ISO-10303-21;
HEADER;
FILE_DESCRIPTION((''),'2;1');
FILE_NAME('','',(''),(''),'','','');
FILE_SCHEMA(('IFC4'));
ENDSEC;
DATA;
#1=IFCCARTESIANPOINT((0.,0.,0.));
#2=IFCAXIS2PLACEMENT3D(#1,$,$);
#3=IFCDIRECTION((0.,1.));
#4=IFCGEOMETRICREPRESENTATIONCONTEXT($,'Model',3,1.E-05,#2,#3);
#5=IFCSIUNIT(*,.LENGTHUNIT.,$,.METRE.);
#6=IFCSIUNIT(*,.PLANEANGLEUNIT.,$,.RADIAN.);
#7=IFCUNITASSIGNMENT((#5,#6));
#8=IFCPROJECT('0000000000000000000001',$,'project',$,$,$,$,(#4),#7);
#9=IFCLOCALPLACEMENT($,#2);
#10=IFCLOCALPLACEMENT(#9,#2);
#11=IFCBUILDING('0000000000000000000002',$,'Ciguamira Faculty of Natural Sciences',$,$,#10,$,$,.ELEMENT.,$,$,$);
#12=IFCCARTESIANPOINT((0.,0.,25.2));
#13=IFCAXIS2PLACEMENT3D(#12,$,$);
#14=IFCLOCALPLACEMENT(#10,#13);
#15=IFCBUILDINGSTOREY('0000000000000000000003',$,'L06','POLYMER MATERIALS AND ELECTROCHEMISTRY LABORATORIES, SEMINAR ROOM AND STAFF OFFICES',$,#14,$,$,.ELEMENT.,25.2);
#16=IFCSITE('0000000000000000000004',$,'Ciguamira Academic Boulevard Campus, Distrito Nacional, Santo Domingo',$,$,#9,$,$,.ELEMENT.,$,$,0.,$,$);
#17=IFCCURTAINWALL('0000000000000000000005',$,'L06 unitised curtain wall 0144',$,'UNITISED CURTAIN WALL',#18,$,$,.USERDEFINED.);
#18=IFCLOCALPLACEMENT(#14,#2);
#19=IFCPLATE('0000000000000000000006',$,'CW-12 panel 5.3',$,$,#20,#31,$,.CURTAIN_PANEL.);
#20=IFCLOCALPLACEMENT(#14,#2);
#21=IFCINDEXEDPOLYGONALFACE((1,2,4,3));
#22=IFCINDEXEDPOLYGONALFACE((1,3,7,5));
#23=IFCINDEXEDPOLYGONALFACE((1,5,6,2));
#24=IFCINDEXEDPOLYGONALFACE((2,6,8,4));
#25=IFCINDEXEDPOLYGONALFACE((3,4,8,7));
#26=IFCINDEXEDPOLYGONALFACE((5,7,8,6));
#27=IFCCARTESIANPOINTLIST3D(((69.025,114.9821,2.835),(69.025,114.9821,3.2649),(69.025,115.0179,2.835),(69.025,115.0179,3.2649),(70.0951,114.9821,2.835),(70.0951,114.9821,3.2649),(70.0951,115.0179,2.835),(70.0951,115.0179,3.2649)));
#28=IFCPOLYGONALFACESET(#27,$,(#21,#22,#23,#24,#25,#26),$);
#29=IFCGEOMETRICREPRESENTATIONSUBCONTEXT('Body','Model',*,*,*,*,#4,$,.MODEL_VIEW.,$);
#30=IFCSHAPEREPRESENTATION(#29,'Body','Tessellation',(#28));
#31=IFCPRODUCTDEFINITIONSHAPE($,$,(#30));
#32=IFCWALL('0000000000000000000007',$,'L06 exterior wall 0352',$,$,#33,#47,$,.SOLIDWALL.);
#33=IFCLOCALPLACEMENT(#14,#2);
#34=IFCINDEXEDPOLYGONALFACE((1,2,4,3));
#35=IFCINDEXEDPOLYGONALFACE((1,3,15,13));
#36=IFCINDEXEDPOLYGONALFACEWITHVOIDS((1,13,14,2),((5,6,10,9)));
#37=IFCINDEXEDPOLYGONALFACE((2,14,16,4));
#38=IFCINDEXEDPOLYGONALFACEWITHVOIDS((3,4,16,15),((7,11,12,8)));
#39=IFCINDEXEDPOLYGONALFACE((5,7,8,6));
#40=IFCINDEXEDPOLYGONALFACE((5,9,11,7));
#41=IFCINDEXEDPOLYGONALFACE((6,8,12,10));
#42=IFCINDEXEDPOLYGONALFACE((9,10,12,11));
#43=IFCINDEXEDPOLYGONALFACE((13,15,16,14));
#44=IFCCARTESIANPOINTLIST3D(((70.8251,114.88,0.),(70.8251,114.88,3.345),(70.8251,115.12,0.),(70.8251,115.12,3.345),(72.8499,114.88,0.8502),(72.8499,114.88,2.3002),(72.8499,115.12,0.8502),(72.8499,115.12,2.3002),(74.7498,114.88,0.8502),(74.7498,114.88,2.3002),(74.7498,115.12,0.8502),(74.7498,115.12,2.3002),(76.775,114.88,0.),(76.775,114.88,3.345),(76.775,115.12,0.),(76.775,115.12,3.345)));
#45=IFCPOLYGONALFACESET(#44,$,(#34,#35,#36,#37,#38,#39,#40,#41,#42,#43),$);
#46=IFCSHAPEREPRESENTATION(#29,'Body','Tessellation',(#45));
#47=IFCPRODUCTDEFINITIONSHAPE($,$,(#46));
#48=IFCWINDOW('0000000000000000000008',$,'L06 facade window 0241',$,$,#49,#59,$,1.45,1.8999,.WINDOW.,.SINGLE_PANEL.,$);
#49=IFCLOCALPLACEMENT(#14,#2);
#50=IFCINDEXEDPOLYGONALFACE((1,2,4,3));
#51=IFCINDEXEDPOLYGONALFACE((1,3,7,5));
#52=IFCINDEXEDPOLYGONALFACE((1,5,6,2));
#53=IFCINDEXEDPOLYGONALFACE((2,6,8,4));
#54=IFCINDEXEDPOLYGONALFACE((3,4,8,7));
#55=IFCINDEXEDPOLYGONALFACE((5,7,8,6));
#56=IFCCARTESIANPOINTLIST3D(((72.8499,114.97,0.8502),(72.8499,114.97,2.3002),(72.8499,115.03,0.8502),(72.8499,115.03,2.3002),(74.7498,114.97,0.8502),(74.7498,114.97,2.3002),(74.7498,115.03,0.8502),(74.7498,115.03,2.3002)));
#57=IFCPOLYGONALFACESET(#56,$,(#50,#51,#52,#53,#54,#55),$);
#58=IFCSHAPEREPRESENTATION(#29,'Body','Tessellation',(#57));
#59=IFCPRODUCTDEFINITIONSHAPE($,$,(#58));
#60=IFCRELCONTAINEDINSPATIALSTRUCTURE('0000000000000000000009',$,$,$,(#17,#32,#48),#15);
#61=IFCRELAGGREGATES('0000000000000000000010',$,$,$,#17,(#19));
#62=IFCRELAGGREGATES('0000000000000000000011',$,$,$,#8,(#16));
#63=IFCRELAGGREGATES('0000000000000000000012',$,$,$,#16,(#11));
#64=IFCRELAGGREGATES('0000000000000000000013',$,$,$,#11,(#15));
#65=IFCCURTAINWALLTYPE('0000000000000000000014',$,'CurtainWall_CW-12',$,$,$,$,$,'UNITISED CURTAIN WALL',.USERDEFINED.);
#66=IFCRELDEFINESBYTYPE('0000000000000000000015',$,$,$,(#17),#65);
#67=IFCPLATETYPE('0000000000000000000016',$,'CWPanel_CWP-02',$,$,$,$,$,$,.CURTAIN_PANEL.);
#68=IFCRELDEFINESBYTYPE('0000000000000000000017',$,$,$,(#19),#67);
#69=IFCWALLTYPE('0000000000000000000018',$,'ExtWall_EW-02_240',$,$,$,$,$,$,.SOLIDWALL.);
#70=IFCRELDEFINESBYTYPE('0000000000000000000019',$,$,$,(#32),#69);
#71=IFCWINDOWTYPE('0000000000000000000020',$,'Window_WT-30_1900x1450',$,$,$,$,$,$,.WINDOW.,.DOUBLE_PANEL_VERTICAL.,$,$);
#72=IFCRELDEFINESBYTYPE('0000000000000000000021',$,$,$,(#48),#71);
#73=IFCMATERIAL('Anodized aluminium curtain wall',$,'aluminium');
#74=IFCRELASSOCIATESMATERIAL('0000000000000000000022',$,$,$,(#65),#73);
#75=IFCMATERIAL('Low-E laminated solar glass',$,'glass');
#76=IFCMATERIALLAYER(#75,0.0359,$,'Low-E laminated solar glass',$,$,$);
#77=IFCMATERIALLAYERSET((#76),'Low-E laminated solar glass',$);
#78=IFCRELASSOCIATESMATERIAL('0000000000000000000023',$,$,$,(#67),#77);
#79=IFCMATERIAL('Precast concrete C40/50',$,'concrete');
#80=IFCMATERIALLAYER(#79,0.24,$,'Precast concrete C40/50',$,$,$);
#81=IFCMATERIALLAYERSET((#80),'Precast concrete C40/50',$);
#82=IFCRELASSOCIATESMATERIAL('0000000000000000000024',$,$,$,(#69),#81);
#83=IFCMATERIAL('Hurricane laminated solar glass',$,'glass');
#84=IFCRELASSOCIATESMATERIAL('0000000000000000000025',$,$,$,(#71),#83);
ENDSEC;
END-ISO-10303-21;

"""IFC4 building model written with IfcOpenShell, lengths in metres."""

from ifc_helpers import new_model, si_unit, direction, frame, frame_2d, origin, origin_2d, place, context, subcontext, project, spatial, rectangle, extrude, material, layer, layer_set, type_object, element, fill, aggregate, save


model = new_model("IFC4")

# Units and contexts
model_context = context("Model", 3, precision=1e-05, world=origin(), true_north=direction((0.0, 1.0)))
body_context = subcontext(model_context, "Body", "Model", "MODEL_VIEW")
ifc_project = project(units=[si_unit("LENGTHUNIT", "METRE"), si_unit("PLANEANGLEUNIT", "RADIAN")], contexts=[model_context])

# Site, building, storey
site_placement = place(None, origin())
site = spatial("IfcSite", under=ifc_project, at=site_placement, Name="Ciguamira Academic Boulevard Campus, Distrito Nacional, Santo Domingo", CompositionType="ELEMENT", RefElevation=0.0)
building_placement = place(site_placement, origin())
building = spatial("IfcBuilding", under=site, at=building_placement, Name="Ciguamira Faculty of Natural Sciences", CompositionType="ELEMENT")
storey_placement = place(building_placement, frame((0.0, 0.0, 25.2)))
storey = spatial("IfcBuildingStorey", under=building, at=storey_placement, Name="L06", Description="POLYMER MATERIALS AND ELECTROCHEMISTRY LABORATORIES, SEMINAR ROOM AND STAFF OFFICES", CompositionType="ELEMENT", Elevation=25.2)

# Curtain wall
ifc_material_1 = material(Name="Anodized aluminium curtain wall", Category="aluminium")
curtain_wall_type = type_object("IfcCurtainWallType", Name="CurtainWall_CW-12", ElementType="UNITISED CURTAIN WALL", PredefinedType="USERDEFINED", material=ifc_material_1)
curtain_wall_placement = place(storey_placement, origin())
curtain_wall = element("IfcCurtainWall", 1, at=curtain_wall_placement, inside=storey, type_object=curtain_wall_type, Name="L06 unitised curtain wall 0144", ObjectType="UNITISED CURTAIN WALL", PredefinedType="USERDEFINED")

# Plate
ifc_material_2 = material(Name="Low-E laminated solar glass", Category="glass")
ifc_layer_1 = layer(ifc_material_2, 0.0359, Name="Low-E laminated solar glass")
ifc_layer_set_1 = layer_set([ifc_layer_1], Name="Low-E laminated solar glass")
plate_type = type_object("IfcPlateType", Name="CWPanel_CWP-02", PredefinedType="CURTAIN_PANEL", material=ifc_layer_set_1)
plate_1_placement = place(storey_placement, frame((69.5601, 115.0, 2.835), z_axis=(0.0, 0.0, 1.0), x_axis=(1.0, 0.0, 0.0)))
plate_1 = element("IfcPlate", 2, at=plate_1_placement, type_object=plate_type, Name="CW-12 panel 5.3", PredefinedType="CURTAIN_PANEL", context=body_context, shape_type="SweptSolid", body=[
    extrude(rectangle(XDim=1.0701, YDim=0.0359, at=origin_2d()), origin(), (0.0, 0.0, 1.0), 0.4299),
])
aggregate(curtain_wall, [plate_1])

# Wall, opening, window
ifc_material_3 = material(Name="Precast concrete C40/50", Category="concrete")
ifc_layer_2 = layer(ifc_material_3, 0.24, Name="Precast concrete C40/50")
ifc_layer_set_2 = layer_set([ifc_layer_2], Name="Precast concrete C40/50")
wall_type = type_object("IfcWallType", Name="ExtWall_EW-02_240", PredefinedType="SOLIDWALL", material=ifc_layer_set_2)
wall_placement = place(storey_placement, frame((70.825, 115.0, 0.0), z_axis=(0.0, 0.0, 1.0), x_axis=(1.0, 0.0, 0.0)))
wall = element("IfcWall", 3, at=wall_placement, inside=storey, type_object=wall_type, Name="L06 exterior wall 0352", PredefinedType="SOLIDWALL", context=body_context, shape_type="SweptSolid", body=[
    extrude(rectangle(XDim=5.95, YDim=0.24, at=frame_2d((2.9751, 0.0))), origin(), (0.0, 0.0, 1.0), 3.345),
])
opening_placement = place(wall_placement, frame((2.0249, 0.0, 0.8501)))
opening = element("IfcOpeningElement", 4, at=opening_placement, cuts=wall, PredefinedType="OPENING", context=body_context, shape_type="SweptSolid", body=[
    extrude(rectangle(XDim=1.8999, YDim=1.45, at=frame_2d((0.95, 0.7251))), frame((0.0, 0.1299, 0.0), z_axis=(0.0, -1.0, 0.0), x_axis=(1.0, 0.0, 0.0)), (0.0, 0.0, 1.0), 0.26),
])
ifc_material_4 = material(Name="Hurricane laminated solar glass", Category="glass")
window_type = type_object("IfcWindowType", Name="Window_WT-30_1900x1450", PartitioningType="DOUBLE_PANEL_VERTICAL", PredefinedType="WINDOW", material=ifc_material_4)
window_placement = place(opening_placement, origin())
window = element("IfcWindow", 5, at=window_placement, inside=storey, type_object=window_type, Name="L06 facade window 0241", OverallHeight=1.45, OverallWidth=1.8999, PartitioningType="SINGLE_PANEL", PredefinedType="WINDOW", context=body_context, shape_type="SweptSolid", body=[
    extrude(rectangle(XDim=1.8999, YDim=1.45, at=frame_2d((0.95, 0.7251))), frame((0.0, 0.03, 0.0), z_axis=(0.0, -1.0, 0.0), x_axis=(1.0, 0.0, 0.0)), (0.0, 0.0, 1.0), 0.0601),
])
fill(opening, window)

save(model, "model.ifc")
